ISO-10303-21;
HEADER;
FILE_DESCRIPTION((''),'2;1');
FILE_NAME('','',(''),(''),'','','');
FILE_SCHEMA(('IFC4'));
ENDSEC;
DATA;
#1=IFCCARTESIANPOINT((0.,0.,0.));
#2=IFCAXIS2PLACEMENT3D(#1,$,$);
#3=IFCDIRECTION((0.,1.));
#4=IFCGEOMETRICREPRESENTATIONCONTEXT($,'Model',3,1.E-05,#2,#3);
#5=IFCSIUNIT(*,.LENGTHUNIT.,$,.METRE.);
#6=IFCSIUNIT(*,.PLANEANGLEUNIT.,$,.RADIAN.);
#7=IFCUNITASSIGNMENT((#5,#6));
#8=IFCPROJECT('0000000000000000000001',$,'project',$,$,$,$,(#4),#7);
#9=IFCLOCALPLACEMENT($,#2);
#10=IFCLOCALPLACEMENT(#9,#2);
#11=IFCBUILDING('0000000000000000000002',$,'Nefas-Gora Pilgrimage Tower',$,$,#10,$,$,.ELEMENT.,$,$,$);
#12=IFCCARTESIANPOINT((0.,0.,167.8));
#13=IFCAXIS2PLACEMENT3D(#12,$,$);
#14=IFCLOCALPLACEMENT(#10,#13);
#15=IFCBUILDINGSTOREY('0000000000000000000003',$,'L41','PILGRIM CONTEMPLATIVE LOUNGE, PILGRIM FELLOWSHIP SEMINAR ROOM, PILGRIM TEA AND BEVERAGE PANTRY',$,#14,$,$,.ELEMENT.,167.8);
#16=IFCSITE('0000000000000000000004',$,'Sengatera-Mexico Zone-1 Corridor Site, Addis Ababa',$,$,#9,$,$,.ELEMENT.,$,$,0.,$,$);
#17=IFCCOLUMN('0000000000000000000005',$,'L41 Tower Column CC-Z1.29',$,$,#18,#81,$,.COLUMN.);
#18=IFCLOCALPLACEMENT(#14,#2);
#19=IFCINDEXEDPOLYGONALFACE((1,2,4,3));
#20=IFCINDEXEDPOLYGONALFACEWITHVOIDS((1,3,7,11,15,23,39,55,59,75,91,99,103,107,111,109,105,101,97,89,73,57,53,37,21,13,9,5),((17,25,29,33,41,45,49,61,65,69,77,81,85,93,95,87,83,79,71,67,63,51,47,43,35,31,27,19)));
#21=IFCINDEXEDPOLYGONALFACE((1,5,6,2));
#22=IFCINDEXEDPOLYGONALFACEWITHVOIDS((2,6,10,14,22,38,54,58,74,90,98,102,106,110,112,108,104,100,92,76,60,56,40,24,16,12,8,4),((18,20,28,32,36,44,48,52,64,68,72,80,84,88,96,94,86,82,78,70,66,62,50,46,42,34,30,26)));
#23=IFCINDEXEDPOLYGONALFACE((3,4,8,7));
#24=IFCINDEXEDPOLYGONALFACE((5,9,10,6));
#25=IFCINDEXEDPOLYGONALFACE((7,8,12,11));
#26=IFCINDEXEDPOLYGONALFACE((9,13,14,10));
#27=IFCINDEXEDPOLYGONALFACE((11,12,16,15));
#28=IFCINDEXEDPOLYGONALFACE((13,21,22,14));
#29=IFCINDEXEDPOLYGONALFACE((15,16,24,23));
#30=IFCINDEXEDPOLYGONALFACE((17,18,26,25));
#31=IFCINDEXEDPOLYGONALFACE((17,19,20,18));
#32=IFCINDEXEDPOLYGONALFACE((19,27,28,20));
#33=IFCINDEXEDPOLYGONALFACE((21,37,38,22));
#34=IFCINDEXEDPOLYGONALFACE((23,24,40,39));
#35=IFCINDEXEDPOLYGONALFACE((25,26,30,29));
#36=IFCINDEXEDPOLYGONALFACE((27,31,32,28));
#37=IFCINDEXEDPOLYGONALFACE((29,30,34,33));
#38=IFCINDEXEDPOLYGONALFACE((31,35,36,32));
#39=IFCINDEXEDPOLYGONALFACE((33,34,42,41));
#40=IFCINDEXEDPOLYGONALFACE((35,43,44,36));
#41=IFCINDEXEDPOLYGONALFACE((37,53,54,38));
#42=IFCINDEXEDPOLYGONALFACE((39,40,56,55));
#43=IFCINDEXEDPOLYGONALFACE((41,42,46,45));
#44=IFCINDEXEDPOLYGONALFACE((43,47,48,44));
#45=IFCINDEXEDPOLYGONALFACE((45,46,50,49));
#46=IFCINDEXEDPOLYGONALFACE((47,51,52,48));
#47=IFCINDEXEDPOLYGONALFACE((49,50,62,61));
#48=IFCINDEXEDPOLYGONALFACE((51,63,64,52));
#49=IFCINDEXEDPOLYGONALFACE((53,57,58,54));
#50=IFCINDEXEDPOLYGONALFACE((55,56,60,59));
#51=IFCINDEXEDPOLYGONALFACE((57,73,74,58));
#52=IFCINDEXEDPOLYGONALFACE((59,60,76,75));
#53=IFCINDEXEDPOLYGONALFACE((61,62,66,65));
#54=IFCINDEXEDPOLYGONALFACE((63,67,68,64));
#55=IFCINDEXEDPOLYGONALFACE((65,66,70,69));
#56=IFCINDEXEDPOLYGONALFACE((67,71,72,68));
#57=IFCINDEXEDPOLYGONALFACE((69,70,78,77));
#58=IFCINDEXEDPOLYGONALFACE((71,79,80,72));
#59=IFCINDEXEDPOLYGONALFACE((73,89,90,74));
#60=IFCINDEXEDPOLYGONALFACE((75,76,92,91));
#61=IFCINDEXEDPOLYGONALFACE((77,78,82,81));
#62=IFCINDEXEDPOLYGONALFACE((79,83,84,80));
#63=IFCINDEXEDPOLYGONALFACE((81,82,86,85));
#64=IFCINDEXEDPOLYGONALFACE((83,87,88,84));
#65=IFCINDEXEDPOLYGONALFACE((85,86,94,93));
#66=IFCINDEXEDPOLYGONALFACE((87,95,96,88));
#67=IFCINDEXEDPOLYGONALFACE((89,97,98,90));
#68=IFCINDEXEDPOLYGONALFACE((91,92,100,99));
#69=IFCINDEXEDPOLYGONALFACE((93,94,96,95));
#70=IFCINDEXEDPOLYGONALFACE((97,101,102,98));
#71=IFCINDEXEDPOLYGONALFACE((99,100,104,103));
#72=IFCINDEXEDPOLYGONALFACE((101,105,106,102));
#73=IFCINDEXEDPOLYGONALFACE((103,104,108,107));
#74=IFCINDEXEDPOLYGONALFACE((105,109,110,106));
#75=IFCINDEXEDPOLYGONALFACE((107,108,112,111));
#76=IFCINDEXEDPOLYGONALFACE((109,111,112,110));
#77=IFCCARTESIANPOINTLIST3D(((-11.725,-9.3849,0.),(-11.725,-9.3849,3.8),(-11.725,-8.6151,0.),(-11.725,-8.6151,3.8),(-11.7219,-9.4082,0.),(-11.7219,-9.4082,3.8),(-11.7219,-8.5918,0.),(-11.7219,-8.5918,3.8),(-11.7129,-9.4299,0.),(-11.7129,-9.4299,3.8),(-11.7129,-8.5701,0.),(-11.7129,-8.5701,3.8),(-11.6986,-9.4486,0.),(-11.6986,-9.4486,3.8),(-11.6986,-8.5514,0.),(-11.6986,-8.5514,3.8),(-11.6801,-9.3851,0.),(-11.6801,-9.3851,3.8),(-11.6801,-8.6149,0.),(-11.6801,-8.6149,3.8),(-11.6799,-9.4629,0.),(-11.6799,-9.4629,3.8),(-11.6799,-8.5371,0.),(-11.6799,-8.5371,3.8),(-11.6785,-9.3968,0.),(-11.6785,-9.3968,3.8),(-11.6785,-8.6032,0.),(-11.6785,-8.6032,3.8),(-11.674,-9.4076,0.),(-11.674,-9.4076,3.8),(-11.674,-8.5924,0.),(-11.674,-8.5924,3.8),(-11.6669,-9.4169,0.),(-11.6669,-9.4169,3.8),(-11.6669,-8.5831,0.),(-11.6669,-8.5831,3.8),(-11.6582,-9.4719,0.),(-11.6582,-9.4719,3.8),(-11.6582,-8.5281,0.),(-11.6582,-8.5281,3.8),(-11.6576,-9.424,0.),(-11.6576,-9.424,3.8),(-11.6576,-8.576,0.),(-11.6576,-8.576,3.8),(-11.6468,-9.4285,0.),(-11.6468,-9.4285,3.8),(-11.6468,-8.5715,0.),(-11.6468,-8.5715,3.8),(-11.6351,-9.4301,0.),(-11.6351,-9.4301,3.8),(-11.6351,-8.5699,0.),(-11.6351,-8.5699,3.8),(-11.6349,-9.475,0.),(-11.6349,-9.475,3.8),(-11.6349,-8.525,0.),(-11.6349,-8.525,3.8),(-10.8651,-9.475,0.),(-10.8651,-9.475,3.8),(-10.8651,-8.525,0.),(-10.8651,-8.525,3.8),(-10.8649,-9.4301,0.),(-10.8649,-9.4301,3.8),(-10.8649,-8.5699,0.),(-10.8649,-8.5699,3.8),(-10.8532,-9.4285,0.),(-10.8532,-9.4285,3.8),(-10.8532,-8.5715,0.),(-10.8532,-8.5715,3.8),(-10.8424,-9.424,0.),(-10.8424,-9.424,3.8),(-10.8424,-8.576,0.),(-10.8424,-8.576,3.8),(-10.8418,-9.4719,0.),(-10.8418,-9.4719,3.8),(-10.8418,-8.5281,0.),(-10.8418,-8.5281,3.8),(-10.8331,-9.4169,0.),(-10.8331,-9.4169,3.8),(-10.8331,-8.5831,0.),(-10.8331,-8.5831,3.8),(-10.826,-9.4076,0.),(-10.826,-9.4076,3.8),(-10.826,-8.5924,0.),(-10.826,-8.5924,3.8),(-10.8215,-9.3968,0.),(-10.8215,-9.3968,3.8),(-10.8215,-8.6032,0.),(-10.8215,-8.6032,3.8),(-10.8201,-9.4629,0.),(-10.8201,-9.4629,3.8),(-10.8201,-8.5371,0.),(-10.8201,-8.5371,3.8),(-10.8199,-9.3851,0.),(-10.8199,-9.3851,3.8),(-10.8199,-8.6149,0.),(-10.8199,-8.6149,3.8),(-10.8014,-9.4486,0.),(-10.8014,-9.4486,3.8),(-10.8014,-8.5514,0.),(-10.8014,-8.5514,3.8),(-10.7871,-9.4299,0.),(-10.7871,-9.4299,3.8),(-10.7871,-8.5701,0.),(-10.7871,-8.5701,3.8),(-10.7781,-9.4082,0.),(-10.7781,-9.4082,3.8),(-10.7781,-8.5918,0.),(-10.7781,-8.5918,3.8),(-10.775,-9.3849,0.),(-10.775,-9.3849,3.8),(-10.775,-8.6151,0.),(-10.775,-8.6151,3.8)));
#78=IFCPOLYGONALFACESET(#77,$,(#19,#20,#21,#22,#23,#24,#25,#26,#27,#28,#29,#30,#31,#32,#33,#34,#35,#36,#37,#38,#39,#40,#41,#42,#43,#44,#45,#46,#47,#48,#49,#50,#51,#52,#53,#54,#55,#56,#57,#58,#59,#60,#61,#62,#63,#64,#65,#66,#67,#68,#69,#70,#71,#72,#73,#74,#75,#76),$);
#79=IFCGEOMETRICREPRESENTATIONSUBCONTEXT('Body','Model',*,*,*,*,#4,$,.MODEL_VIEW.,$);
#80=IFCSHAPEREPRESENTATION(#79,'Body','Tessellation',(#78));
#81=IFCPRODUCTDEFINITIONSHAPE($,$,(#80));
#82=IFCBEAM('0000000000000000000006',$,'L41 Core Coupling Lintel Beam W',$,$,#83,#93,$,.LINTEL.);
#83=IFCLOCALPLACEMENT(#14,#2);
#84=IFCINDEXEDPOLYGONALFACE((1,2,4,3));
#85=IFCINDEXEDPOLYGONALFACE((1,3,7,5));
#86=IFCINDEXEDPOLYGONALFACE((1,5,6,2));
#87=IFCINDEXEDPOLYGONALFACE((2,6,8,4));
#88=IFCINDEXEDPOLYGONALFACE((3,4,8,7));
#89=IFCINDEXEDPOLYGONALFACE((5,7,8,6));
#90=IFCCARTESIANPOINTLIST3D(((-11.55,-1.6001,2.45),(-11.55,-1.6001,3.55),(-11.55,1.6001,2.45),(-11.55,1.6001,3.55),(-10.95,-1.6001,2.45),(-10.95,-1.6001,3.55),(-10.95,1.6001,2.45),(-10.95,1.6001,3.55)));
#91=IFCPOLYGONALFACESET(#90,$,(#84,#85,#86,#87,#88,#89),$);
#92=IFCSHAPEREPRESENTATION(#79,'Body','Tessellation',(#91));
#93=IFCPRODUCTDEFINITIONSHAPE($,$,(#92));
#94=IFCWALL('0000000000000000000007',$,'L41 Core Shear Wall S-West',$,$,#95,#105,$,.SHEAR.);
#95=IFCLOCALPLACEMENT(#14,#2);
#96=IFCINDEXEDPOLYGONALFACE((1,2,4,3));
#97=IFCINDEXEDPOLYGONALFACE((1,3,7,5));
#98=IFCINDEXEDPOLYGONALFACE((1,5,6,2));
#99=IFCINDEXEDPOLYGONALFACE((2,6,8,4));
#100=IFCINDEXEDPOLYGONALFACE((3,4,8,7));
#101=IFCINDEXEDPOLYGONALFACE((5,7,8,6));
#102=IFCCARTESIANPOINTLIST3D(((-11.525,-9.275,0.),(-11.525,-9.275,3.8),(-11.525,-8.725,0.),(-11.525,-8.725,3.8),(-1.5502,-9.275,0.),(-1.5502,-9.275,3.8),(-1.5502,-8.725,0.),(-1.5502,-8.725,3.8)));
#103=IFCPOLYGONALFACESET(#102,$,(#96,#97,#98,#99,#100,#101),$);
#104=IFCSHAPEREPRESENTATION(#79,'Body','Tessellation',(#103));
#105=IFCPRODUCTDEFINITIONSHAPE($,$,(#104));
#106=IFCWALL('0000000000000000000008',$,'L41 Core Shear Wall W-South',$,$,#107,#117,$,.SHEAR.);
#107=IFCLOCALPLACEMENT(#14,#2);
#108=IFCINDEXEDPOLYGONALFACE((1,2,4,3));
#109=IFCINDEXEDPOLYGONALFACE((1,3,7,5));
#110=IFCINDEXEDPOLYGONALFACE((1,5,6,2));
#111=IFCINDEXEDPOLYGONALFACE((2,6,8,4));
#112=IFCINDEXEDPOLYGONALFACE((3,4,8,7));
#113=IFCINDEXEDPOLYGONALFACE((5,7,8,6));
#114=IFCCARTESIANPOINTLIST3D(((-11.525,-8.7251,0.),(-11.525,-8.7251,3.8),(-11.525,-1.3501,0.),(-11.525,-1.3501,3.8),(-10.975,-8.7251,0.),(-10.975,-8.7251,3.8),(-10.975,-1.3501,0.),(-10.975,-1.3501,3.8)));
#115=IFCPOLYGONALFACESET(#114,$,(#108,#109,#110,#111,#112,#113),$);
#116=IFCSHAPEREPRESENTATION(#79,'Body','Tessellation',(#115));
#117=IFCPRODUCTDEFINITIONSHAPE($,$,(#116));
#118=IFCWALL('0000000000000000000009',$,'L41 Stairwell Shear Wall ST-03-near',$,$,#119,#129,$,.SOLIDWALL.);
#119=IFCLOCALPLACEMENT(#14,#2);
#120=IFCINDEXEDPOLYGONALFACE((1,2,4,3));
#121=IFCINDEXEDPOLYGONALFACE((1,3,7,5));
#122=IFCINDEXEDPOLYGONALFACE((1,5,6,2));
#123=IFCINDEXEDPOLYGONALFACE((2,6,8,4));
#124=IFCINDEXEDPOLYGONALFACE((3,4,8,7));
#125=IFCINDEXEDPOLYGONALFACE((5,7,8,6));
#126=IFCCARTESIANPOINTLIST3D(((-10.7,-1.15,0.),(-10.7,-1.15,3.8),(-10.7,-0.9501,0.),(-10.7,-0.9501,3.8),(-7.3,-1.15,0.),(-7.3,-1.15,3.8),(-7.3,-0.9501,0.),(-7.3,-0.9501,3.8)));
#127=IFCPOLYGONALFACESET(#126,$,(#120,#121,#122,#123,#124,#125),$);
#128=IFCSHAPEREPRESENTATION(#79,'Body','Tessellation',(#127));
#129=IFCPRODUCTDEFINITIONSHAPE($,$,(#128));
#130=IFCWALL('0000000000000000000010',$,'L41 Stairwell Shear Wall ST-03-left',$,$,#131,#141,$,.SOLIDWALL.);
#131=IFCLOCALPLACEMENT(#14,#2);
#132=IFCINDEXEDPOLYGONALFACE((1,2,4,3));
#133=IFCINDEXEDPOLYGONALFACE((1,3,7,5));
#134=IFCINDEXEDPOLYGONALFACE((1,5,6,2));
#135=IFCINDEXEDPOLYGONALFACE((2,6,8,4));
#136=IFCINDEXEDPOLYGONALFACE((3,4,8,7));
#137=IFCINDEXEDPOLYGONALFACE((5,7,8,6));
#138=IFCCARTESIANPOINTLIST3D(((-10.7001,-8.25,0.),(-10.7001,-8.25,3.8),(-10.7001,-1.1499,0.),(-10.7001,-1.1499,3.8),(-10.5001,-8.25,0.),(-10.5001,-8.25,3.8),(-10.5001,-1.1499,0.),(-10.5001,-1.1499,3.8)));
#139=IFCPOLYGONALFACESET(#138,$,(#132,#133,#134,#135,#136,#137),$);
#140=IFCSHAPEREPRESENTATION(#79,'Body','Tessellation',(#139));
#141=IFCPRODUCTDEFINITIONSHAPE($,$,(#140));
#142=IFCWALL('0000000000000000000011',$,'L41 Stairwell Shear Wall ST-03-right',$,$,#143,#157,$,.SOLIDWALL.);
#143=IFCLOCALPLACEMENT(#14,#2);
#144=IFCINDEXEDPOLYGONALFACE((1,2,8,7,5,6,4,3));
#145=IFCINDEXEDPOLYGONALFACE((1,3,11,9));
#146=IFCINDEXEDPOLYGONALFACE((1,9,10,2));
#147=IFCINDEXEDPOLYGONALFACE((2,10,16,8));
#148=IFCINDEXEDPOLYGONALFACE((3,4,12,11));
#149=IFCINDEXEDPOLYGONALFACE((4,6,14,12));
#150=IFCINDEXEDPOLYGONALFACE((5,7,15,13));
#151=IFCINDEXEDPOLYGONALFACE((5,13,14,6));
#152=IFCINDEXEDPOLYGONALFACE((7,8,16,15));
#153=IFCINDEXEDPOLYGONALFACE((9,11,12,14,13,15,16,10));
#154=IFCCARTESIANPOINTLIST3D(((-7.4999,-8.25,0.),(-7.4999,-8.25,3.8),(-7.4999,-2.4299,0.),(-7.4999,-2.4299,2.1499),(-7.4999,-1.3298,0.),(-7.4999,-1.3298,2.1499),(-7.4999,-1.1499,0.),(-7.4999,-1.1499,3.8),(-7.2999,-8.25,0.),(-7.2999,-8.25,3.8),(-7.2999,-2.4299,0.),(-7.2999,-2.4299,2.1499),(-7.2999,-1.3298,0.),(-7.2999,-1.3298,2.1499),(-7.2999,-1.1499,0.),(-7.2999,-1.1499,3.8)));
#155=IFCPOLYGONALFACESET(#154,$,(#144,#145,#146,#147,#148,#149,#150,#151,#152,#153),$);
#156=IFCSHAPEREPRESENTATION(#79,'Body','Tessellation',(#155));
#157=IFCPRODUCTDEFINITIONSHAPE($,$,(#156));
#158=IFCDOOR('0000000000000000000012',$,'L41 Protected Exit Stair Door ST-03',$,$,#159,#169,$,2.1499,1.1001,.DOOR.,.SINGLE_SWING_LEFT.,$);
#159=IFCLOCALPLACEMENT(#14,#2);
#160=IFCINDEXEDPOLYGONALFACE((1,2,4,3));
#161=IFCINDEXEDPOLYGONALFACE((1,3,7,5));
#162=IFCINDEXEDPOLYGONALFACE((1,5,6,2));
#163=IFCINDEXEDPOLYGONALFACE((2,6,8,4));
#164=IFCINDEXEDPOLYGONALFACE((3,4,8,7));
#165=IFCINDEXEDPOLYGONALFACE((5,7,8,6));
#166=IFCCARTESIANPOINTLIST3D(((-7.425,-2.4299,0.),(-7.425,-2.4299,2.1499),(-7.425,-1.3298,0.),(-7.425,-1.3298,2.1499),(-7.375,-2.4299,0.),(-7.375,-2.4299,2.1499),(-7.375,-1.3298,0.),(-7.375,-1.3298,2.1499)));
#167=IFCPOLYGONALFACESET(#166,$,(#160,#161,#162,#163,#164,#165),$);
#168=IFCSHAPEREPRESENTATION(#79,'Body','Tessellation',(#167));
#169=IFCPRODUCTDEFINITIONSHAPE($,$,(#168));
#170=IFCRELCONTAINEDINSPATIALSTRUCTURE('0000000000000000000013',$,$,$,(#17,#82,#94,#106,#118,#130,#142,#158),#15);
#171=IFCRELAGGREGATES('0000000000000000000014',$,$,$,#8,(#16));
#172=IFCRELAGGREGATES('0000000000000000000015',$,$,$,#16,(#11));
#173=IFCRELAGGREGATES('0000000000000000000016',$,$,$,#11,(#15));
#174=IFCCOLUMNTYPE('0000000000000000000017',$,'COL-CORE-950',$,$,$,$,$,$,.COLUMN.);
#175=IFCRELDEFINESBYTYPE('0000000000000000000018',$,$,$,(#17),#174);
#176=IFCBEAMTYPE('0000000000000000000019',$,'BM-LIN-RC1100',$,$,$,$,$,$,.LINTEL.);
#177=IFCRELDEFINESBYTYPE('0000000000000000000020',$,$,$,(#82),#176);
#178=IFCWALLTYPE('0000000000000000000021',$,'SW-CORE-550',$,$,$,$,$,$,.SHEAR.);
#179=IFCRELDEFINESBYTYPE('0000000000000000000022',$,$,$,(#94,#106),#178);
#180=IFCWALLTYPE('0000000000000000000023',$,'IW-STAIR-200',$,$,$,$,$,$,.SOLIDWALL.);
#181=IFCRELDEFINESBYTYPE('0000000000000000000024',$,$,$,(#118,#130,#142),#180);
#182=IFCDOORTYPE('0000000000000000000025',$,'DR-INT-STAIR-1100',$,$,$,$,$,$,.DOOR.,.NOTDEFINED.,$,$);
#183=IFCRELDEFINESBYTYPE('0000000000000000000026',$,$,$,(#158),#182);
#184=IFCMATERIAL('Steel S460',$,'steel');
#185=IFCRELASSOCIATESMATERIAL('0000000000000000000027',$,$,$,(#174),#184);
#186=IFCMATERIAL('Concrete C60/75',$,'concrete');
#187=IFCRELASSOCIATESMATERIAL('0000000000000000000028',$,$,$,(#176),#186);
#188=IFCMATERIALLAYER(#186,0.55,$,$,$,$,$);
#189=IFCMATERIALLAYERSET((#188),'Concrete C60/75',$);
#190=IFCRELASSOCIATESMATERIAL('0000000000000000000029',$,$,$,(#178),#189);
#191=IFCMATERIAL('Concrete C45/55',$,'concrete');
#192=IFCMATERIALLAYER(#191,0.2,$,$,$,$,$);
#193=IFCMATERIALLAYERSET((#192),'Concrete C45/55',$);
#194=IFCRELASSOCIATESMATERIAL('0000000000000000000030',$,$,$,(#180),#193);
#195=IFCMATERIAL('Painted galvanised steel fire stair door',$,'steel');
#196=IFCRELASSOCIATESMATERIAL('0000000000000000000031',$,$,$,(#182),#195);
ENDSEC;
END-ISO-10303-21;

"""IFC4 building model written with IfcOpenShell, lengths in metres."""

from ifc_helpers import new_model, si_unit, direction, frame, frame_2d, origin, origin_2d, place, context, subcontext, project, spatial, rectangle, hollow_rectangle, extrude, source, transform, mapped, material, layer, layer_set, material_profile, profile_set, type_object, element, fill, save


model = new_model("IFC4")

# Units and contexts
model_context = context("Model", 3, precision=1e-05, world=origin(), true_north=direction((0.0, 1.0)))
body_context = subcontext(model_context, "Body", "Model", "MODEL_VIEW")
ifc_project = project(units=[si_unit("LENGTHUNIT", "METRE"), si_unit("PLANEANGLEUNIT", "RADIAN")], contexts=[model_context])

# Site, building, storey
site_placement = place(None, origin())
site = spatial("IfcSite", under=ifc_project, at=site_placement, Name="Sengatera-Mexico Zone-1 Corridor Site, Addis Ababa", CompositionType="ELEMENT", RefElevation=0.0)
building_placement = place(site_placement, origin())
building = spatial("IfcBuilding", under=site, at=building_placement, Name="Nefas-Gora Pilgrimage Tower", CompositionType="ELEMENT")
storey_placement = place(building_placement, frame((0.0, 0.0, 167.8)))
storey = spatial("IfcBuildingStorey", under=building, at=storey_placement, Name="L41", Description="PILGRIM CONTEMPLATIVE LOUNGE, PILGRIM FELLOWSHIP SEMINAR ROOM, PILGRIM TEA AND BEVERAGE PANTRY", CompositionType="ELEMENT", Elevation=167.8)

# Column
ifc_material_1 = material(Name="Steel S460", Category="steel")
ifc_material_profile_1 = material_profile(ifc_material_1, hollow_rectangle(XDim=0.95, YDim=0.95, WallThickness=0.0449, InnerFilletRadius=0.0449, OuterFilletRadius=0.0901, at=origin_2d()), Name="BOX 950x950x45")
ifc_profile_set_1 = profile_set([ifc_material_profile_1], Name="Steel S460")
column_type = type_object("IfcColumnType", Name="COL-CORE-950", PredefinedType="COLUMN", material=ifc_profile_set_1)
shared_shape_1 = source(origin(), body_context, "Body", "SweptSolid", [
    extrude(hollow_rectangle(XDim=0.95, YDim=0.95, WallThickness=0.0449, InnerFilletRadius=0.0449, OuterFilletRadius=0.0901, at=origin_2d()), origin(), (0.0, 0.0, 1.0), 3.8),
])
column_placement = place(storey_placement, frame((-11.25, -9.0, 0.0), z_axis=(0.0, 0.0, 1.0), x_axis=(1.0, 0.0, 0.0)))
element("IfcColumn", 1, at=column_placement, inside=storey, type_object=column_type, Name="L41 Tower Column CC-Z1.29", PredefinedType="COLUMN", context=body_context, shape_type="MappedRepresentation", body=[
    mapped(shared_shape_1, transform((0.0, 0.0, 0.0), x_axis=(1.0, 0.0, 0.0), y_axis=(0.0, 1.0, 0.0), z_axis=(0.0, 0.0, 1.0), scale=1.0)),
])

# Beam
ifc_material_2 = material(Name="Concrete C60/75", Category="concrete")
ifc_material_profile_2 = material_profile(ifc_material_2, rectangle(XDim=0.6001, YDim=1.1001, at=origin_2d()), Name="RC 600x1100")
ifc_profile_set_2 = profile_set([ifc_material_profile_2], Name="Concrete C60/75")
beam_type = type_object("IfcBeamType", Name="BM-LIN-RC1100", PredefinedType="LINTEL", material=ifc_profile_set_2)
shared_shape_2 = source(origin(), body_context, "Body", "SweptSolid", [
    extrude(rectangle(XDim=0.6001, YDim=1.1001, at=origin_2d()), origin(), (0.0, 0.0, 1.0), 3.2002),
])
beam_placement = place(storey_placement, frame((-11.25, -1.6001, 3.0), z_axis=(0.0, 1.0, 0.0), x_axis=(-1.0, 0.0, 0.0)))
element("IfcBeam", 2, at=beam_placement, inside=storey, type_object=beam_type, Name="L41 Core Coupling Lintel Beam W", PredefinedType="LINTEL", context=body_context, shape_type="MappedRepresentation", body=[
    mapped(shared_shape_2, transform((0.0, 0.0, 0.0), x_axis=(1.0, 0.0, 0.0), y_axis=(0.0, 1.0, 0.0), z_axis=(0.0, 0.0, 1.0), scale=1.0)),
])

# Walls
ifc_layer_1 = layer(ifc_material_2, 0.55)
ifc_layer_set_1 = layer_set([ifc_layer_1], Name="Concrete C60/75")
wall_type_1 = type_object("IfcWallType", Name="SW-CORE-550", PredefinedType="SHEAR", material=ifc_layer_set_1)
shared_shape_3 = source(origin(), body_context, "Body", "SweptSolid", [
    extrude(rectangle(XDim=9.9749, YDim=0.55, at=frame_2d((4.9873, 0.0))), origin(), (0.0, 0.0, 1.0), 3.8),
])
wall_1_placement = place(storey_placement, frame((-11.5249, -9.0, 0.0), z_axis=(0.0, 0.0, 1.0), x_axis=(1.0, 0.0, 0.0)))
element("IfcWall", 3, at=wall_1_placement, inside=storey, type_object=wall_type_1, Name="L41 Core Shear Wall S-West", PredefinedType="SHEAR", context=body_context, shape_type="MappedRepresentation", body=[
    mapped(shared_shape_3, transform((0.0, 0.0, 0.0), x_axis=(1.0, 0.0, 0.0), y_axis=(0.0, 1.0, 0.0), z_axis=(0.0, 0.0, 1.0), scale=1.0)),
])
shared_shape_4 = source(origin(), body_context, "Body", "SweptSolid", [
    extrude(rectangle(XDim=7.375, YDim=0.55, at=frame_2d((3.6875, 0.0))), origin(), (0.0, 0.0, 1.0), 3.8),
])
wall_2_placement = place(storey_placement, frame((-11.25, -8.7251, 0.0), z_axis=(0.0, 0.0, 1.0), x_axis=(0.0, 1.0, 0.0)))
element("IfcWall", 4, at=wall_2_placement, inside=storey, type_object=wall_type_1, Name="L41 Core Shear Wall W-South", PredefinedType="SHEAR", context=body_context, shape_type="MappedRepresentation", body=[
    mapped(shared_shape_4, transform((0.0, 0.0, 0.0), x_axis=(1.0, 0.0, 0.0), y_axis=(0.0, 1.0, 0.0), z_axis=(0.0, 0.0, 1.0), scale=1.0)),
])
ifc_material_3 = material(Name="Concrete C45/55", Category="concrete")
ifc_layer_2 = layer(ifc_material_3, 0.2)
ifc_layer_set_2 = layer_set([ifc_layer_2], Name="Concrete C45/55")
wall_type_2 = type_object("IfcWallType", Name="IW-STAIR-200", PredefinedType="SOLIDWALL", material=ifc_layer_set_2)
shared_shape_5 = source(origin(), body_context, "Body", "SweptSolid", [
    extrude(rectangle(XDim=3.3999, YDim=0.2, at=frame_2d((1.7, 0.0))), origin(), (0.0, 0.0, 1.0), 3.8),
])
wall_3_placement = place(storey_placement, frame((-10.7, -1.05, 0.0), z_axis=(0.0, 0.0, 1.0), x_axis=(1.0, 0.0, 0.0)))
element("IfcWall", 5, at=wall_3_placement, inside=storey, type_object=wall_type_2, Name="L41 Stairwell Shear Wall ST-03-near", PredefinedType="SOLIDWALL", context=body_context, shape_type="MappedRepresentation", body=[
    mapped(shared_shape_5, transform((0.0, 0.0, 0.0), x_axis=(1.0, 0.0, 0.0), y_axis=(0.0, 1.0, 0.0), z_axis=(0.0, 0.0, 1.0), scale=1.0)),
])
shared_shape_6 = source(origin(), body_context, "Body", "SweptSolid", [
    extrude(rectangle(XDim=7.1001, YDim=0.2, at=frame_2d((3.55, 0.0))), origin(), (0.0, 0.0, 1.0), 3.8),
])
wall_4_placement = place(storey_placement, frame((-10.6001, -1.1499, 0.0), z_axis=(0.0, 0.0, 1.0), x_axis=(0.0, -1.0, 0.0)))
element("IfcWall", 6, at=wall_4_placement, inside=storey, type_object=wall_type_2, Name="L41 Stairwell Shear Wall ST-03-left", PredefinedType="SOLIDWALL", context=body_context, shape_type="MappedRepresentation", body=[
    mapped(shared_shape_6, transform((0.0, 0.0, 0.0), x_axis=(1.0, 0.0, 0.0), y_axis=(0.0, 1.0, 0.0), z_axis=(0.0, 0.0, 1.0), scale=1.0)),
])

# Wall, opening, door
wall_5_placement = place(storey_placement, frame((-7.3999, -1.1499, 0.0), z_axis=(0.0, 0.0, 1.0), x_axis=(0.0, -1.0, 0.0)))
wall_5 = element("IfcWall", 7, at=wall_5_placement, inside=storey, type_object=wall_type_2, Name="L41 Stairwell Shear Wall ST-03-right", PredefinedType="SOLIDWALL", context=body_context, shape_type="MappedRepresentation", body=[
    mapped(shared_shape_6, transform((0.0, 0.0, 0.0), x_axis=(1.0, 0.0, 0.0), y_axis=(0.0, 1.0, 0.0), z_axis=(0.0, 0.0, 1.0), scale=1.0)),
])
opening_1_placement = place(wall_5_placement, frame((0.1799, 0.0, 0.0)))
opening_1 = element("IfcOpeningElement", 8, at=opening_1_placement, cuts=wall_5, PredefinedType="OPENING", context=body_context, shape_type="SweptSolid", body=[
    extrude(rectangle(XDim=1.1001, YDim=2.1499, at=frame_2d((0.55, 1.075))), frame((0.0, 0.1099, 0.0), z_axis=(0.0, -1.0, 0.0), x_axis=(1.0, 0.0, 0.0)), (0.0, 0.0, 1.0), 0.22),
])
ifc_material_4 = material(Name="Painted galvanised steel fire stair door", Category="steel")
door_type_1 = type_object("IfcDoorType", Name="DR-INT-STAIR-1100", OperationType="NOTDEFINED", PredefinedType="DOOR", material=ifc_material_4)
shared_shape_7 = source(origin(), body_context, "Body", "SweptSolid", [
    extrude(rectangle(XDim=1.1001, YDim=2.1499, at=frame_2d((0.55, 1.075))), frame((0.0, 0.0249, 0.0), z_axis=(0.0, -1.0, 0.0), x_axis=(1.0, 0.0, 0.0)), (0.0, 0.0, 1.0), 0.05),
])
door_1_placement = place(opening_1_placement, origin())
door_1 = element("IfcDoor", 9, at=door_1_placement, inside=storey, type_object=door_type_1, Name="L41 Protected Exit Stair Door ST-03", OperationType="SINGLE_SWING_LEFT", OverallHeight=2.1499, OverallWidth=1.1001, PredefinedType="DOOR", context=body_context, shape_type="MappedRepresentation", body=[
    mapped(shared_shape_7, transform((0.0, 0.0, 0.0), x_axis=(1.0, 0.0, 0.0), y_axis=(0.0, 1.0, 0.0), z_axis=(0.0, 0.0, 1.0), scale=1.0)),
])
fill(opening_1, door_1)

save(model, "model.ifc")
